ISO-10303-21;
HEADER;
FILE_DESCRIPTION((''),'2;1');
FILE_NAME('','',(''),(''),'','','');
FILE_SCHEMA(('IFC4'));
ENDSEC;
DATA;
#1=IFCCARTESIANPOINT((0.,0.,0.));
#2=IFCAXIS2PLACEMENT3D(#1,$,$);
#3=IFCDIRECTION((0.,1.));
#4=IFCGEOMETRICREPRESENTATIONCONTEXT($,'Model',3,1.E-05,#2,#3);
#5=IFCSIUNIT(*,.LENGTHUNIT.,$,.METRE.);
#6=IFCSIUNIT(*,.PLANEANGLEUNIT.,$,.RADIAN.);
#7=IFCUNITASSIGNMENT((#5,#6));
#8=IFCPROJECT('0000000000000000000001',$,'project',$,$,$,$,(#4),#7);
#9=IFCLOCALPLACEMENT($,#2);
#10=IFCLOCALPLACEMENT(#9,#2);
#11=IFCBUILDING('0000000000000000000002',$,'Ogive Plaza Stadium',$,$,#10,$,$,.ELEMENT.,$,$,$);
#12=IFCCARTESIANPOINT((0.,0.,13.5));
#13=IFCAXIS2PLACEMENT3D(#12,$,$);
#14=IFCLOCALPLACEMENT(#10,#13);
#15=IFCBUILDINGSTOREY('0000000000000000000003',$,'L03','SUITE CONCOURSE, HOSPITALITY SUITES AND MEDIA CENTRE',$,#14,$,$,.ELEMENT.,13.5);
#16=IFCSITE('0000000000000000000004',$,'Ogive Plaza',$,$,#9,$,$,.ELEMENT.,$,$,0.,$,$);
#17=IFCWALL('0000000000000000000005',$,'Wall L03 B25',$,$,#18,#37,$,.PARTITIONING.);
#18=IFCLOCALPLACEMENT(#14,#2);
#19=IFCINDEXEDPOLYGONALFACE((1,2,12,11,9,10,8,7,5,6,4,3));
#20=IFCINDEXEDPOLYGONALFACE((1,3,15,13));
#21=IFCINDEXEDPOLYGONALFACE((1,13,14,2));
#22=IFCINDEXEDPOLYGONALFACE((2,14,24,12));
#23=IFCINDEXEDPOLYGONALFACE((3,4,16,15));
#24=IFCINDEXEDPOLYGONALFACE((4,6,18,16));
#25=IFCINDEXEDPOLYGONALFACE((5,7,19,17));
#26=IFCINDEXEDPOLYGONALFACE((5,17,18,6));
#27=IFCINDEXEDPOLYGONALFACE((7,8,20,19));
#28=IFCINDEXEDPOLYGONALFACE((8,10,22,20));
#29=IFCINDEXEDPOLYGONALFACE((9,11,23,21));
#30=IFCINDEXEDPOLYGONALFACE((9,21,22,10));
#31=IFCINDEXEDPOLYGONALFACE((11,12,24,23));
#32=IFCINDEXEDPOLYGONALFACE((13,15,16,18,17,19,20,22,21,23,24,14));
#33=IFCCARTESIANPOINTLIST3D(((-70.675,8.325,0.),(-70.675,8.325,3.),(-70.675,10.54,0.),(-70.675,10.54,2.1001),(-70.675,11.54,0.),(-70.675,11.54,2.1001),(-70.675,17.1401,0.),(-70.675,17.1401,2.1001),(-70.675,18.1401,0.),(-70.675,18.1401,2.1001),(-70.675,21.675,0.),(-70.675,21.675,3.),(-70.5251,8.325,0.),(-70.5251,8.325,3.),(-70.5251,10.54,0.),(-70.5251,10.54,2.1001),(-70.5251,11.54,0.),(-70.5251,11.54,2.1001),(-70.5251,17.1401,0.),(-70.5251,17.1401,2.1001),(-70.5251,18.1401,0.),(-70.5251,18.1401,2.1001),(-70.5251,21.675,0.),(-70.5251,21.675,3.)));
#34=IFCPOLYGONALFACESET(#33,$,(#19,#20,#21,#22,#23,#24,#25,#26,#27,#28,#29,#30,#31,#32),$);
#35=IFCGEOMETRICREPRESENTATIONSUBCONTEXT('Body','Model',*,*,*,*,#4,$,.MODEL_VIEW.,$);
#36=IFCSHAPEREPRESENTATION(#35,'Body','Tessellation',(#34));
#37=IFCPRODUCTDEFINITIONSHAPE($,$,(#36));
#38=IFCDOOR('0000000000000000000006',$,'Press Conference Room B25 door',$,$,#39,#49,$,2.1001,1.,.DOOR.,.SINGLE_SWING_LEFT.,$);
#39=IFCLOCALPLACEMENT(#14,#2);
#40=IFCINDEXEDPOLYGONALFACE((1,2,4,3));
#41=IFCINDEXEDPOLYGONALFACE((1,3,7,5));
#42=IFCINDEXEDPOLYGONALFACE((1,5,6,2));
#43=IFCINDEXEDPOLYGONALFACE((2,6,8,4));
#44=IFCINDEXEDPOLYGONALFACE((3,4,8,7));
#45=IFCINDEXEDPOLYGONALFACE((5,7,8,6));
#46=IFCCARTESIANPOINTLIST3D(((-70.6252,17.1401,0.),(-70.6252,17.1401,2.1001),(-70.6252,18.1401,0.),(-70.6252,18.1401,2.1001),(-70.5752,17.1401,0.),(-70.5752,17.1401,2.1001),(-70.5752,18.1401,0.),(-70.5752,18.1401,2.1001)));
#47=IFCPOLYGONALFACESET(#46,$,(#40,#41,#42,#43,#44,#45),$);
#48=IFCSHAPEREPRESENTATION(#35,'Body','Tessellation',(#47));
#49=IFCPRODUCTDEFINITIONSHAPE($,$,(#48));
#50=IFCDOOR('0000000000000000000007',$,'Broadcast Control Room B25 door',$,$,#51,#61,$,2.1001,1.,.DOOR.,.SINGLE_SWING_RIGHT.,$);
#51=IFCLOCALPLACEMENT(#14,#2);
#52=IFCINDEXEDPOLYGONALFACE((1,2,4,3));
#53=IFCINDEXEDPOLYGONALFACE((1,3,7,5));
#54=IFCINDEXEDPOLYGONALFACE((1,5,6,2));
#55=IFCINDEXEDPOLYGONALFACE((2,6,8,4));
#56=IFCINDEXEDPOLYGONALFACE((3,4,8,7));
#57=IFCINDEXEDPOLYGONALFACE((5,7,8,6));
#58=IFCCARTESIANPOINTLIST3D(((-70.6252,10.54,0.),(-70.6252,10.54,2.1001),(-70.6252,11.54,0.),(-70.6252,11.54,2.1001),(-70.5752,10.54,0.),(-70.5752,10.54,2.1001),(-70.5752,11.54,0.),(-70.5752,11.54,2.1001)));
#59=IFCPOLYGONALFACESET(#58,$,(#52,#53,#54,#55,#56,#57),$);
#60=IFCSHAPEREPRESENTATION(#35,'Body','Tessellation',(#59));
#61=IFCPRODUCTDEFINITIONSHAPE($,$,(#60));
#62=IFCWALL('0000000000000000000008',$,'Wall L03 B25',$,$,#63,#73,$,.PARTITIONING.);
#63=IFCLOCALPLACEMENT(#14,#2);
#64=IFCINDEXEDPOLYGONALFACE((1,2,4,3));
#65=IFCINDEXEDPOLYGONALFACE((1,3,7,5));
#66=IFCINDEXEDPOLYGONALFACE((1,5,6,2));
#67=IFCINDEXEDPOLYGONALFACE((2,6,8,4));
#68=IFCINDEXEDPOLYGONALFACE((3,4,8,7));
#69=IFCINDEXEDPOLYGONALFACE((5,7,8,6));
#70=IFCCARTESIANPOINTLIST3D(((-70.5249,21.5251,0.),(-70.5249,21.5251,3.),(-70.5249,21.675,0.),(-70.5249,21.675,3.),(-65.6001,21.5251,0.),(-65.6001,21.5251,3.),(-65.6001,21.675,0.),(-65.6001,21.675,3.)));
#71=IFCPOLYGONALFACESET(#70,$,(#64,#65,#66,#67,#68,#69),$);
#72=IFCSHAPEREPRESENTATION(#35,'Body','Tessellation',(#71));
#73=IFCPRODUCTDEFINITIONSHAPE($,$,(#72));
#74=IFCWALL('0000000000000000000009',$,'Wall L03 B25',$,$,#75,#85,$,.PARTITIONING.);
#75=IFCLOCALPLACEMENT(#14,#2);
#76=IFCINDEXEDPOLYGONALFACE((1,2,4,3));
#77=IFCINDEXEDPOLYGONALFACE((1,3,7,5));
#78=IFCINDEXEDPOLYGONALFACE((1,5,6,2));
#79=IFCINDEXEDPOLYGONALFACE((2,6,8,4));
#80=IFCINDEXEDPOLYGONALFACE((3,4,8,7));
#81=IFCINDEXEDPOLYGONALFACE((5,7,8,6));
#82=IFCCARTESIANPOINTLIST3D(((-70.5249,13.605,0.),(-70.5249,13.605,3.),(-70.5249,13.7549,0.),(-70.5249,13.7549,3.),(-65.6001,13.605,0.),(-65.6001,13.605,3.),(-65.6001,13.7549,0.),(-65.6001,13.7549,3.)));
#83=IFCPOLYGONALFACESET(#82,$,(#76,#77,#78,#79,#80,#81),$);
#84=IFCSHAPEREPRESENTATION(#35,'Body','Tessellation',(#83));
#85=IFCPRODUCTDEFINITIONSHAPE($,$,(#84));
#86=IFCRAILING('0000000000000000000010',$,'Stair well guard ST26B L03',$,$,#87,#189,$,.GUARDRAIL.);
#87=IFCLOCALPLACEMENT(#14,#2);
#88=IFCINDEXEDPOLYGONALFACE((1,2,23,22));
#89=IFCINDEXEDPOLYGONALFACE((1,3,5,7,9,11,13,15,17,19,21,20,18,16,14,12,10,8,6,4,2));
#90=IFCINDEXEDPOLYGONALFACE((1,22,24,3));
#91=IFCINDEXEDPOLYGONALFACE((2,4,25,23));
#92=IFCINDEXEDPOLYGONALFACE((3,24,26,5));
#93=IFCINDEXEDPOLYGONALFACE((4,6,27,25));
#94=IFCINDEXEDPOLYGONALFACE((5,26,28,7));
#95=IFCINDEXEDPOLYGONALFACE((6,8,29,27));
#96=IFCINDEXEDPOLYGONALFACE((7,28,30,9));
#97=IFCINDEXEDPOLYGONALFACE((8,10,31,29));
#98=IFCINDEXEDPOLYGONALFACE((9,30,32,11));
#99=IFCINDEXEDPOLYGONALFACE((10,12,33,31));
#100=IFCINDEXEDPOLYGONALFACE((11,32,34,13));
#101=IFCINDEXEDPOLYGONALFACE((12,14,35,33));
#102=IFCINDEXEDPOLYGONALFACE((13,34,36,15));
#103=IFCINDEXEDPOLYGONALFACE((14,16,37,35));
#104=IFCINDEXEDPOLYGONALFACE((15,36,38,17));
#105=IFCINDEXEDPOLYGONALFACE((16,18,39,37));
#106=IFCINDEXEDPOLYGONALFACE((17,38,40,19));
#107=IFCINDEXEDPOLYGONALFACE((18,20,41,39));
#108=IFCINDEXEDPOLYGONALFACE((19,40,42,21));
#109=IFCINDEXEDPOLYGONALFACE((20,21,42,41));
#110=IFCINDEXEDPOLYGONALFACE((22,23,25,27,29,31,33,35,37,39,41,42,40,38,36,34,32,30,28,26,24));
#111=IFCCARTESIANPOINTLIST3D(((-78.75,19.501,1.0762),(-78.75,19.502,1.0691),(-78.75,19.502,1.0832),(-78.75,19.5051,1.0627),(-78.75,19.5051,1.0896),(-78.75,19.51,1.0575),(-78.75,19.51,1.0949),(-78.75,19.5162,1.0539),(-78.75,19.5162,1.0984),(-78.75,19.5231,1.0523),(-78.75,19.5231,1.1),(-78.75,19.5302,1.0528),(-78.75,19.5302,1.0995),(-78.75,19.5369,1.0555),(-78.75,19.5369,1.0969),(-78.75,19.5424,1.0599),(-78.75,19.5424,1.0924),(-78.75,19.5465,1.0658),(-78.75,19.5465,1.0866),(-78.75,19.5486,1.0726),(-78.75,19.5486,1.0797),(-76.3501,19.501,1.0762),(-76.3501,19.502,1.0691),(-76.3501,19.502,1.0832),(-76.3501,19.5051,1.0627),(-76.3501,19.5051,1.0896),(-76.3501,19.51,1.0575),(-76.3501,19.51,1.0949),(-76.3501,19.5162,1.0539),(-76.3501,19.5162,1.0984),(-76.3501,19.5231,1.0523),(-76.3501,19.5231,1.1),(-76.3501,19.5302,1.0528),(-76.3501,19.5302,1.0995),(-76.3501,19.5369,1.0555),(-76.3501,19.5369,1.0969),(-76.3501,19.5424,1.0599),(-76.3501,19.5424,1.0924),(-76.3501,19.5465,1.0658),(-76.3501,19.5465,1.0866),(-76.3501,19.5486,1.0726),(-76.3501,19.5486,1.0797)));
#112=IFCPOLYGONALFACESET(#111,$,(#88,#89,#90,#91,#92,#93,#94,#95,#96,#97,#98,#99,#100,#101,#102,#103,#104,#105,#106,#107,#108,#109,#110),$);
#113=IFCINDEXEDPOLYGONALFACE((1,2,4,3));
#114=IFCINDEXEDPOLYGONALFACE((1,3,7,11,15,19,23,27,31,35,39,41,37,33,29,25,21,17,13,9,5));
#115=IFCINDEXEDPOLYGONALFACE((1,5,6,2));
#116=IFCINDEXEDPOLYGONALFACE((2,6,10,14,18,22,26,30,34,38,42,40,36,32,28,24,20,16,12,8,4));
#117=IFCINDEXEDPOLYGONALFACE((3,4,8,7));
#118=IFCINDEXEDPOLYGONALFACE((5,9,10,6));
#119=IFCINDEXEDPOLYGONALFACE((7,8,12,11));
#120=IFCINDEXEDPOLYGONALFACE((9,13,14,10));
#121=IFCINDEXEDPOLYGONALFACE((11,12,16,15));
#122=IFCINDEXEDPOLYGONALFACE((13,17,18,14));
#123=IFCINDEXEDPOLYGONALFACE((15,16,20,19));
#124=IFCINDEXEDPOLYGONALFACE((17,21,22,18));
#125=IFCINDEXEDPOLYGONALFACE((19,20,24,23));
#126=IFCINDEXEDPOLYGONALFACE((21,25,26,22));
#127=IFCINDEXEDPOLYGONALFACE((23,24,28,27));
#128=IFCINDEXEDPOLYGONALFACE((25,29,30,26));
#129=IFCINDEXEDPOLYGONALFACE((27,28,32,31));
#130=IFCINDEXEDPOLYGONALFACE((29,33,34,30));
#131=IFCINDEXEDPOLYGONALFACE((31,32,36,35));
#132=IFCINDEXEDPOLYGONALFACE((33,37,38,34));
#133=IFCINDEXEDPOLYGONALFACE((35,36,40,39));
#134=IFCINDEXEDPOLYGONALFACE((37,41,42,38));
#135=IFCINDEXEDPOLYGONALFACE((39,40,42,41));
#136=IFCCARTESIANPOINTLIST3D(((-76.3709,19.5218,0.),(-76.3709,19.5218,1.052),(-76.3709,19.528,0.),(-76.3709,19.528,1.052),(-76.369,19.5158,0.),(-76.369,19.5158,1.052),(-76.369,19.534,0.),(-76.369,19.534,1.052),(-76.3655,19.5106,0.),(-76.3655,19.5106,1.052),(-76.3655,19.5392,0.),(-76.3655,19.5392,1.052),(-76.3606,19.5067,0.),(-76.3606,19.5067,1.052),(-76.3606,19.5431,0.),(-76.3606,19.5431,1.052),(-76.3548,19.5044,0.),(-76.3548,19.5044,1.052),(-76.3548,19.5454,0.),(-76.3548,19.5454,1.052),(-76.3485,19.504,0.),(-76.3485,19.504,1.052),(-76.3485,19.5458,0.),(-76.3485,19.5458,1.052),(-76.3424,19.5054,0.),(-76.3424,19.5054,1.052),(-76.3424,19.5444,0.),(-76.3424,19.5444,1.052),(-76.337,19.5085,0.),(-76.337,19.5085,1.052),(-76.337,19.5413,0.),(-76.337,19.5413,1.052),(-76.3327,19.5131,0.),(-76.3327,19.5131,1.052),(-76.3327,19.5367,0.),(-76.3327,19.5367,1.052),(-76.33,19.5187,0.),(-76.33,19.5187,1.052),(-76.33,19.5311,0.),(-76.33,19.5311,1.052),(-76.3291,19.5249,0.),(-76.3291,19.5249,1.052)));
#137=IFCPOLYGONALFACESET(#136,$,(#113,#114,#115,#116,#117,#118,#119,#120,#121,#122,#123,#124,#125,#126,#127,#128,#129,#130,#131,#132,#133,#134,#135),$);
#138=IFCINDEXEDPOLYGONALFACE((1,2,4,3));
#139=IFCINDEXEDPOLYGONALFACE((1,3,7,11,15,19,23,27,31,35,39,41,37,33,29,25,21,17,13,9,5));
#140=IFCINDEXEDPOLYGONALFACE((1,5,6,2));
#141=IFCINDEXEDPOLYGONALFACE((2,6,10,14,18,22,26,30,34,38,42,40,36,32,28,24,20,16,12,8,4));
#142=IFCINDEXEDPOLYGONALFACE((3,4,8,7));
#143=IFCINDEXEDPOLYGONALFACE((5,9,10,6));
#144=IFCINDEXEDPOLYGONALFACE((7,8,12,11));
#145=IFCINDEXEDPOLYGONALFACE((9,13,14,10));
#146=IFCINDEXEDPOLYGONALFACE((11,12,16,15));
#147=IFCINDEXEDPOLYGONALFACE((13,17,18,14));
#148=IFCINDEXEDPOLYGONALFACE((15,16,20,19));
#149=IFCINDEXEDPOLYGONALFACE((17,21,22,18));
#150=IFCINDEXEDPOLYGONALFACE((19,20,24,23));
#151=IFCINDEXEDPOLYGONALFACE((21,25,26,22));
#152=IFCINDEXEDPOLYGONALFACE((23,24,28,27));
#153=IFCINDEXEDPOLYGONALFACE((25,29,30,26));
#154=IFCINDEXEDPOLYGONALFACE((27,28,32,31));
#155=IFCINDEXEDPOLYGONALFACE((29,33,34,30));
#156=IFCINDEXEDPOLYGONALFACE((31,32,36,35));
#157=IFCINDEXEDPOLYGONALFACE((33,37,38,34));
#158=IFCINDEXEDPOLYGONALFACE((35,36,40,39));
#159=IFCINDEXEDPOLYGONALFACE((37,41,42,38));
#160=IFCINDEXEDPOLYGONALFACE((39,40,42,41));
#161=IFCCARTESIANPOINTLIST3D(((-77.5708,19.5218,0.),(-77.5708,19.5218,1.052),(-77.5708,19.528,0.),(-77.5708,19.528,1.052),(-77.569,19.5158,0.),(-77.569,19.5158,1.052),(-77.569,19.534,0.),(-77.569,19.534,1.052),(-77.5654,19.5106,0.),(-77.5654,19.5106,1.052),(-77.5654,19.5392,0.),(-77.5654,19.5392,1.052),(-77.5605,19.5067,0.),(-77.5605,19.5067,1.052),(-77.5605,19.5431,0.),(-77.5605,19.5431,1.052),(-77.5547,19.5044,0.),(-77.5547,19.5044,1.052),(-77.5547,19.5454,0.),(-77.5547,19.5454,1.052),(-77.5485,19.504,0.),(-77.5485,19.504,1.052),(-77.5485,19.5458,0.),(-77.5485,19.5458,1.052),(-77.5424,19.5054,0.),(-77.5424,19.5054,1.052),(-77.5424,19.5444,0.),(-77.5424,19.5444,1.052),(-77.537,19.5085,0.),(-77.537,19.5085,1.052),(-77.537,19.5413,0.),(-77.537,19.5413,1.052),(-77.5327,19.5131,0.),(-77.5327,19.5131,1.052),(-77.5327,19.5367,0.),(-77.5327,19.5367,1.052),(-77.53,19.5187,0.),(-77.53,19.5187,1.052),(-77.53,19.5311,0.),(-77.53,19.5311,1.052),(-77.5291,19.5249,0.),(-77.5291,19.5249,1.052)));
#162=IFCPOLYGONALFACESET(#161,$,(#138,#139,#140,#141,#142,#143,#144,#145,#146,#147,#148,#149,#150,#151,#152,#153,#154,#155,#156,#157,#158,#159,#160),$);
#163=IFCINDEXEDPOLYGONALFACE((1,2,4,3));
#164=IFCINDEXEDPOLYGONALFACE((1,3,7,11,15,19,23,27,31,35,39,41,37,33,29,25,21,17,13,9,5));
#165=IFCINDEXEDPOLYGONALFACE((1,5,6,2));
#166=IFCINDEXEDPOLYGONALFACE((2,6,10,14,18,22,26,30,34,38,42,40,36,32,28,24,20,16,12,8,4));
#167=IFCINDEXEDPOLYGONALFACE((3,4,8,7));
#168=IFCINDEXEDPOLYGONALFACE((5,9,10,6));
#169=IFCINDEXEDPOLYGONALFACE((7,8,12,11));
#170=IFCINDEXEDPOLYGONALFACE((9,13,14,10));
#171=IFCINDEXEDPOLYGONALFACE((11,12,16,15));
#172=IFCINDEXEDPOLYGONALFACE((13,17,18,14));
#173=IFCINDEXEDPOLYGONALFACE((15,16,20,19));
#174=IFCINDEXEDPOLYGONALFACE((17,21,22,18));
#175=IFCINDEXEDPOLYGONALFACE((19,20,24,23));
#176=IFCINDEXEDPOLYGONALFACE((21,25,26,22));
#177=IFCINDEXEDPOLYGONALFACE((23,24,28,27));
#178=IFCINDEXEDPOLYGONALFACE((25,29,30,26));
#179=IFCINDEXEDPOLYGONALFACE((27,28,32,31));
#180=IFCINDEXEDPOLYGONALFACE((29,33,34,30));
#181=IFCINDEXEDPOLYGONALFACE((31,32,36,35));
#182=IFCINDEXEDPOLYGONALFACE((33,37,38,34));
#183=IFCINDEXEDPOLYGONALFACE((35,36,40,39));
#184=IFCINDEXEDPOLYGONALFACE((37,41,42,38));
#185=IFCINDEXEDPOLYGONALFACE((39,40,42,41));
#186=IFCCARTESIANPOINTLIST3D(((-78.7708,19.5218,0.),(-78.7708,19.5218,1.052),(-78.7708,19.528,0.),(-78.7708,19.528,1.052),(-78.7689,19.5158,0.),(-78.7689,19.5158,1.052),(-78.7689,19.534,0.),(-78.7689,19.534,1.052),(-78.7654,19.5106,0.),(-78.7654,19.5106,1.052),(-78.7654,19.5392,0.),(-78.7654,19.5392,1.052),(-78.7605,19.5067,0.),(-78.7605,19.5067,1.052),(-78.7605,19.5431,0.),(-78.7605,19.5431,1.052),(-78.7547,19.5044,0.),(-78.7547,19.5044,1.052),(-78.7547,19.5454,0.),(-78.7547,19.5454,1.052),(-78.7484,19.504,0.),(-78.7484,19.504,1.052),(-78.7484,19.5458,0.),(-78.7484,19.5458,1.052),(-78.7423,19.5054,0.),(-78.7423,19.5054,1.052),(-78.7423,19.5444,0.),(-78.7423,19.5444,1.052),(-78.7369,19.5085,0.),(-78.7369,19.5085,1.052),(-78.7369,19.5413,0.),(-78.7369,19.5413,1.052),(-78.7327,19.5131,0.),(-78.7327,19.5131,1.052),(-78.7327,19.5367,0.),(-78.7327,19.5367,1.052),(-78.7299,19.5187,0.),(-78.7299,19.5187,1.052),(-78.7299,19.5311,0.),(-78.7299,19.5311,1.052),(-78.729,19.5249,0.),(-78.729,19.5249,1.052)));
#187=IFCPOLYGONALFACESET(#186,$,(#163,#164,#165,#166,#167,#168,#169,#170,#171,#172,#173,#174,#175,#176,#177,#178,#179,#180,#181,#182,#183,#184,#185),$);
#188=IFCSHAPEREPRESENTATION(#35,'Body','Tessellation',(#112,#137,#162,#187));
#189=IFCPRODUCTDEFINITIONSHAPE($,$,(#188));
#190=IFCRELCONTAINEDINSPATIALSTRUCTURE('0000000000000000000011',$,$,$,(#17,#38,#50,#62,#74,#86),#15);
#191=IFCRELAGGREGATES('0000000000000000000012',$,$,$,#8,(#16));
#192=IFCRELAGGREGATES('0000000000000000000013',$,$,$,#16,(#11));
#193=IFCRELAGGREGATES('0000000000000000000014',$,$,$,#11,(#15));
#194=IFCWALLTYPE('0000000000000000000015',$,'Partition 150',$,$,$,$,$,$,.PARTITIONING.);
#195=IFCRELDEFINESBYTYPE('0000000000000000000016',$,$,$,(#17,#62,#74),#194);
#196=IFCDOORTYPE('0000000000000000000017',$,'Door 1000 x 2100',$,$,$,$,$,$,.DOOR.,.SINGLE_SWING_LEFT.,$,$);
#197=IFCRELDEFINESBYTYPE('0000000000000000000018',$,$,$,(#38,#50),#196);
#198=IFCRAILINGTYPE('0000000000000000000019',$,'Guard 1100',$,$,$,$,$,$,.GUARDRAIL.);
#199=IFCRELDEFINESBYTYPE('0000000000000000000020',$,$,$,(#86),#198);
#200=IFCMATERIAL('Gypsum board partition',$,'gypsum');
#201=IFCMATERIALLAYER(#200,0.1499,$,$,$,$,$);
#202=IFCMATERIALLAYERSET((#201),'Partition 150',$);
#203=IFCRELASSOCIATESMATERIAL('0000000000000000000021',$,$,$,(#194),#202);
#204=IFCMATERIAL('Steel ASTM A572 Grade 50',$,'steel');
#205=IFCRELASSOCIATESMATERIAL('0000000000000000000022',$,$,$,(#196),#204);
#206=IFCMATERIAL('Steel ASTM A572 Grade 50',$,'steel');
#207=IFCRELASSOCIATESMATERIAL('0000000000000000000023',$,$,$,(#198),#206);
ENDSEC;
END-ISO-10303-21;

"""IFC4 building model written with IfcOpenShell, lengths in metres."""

from ifc_helpers import new_model, si_unit, direction, frame, frame_2d, origin, origin_2d, place, context, subcontext, project, spatial, rectangle, circle, extrude, material, layer, layer_set, type_object, element, fill, save


model = new_model("IFC4")

# Units and contexts
model_context = context("Model", 3, precision=1e-05, world=origin(), true_north=direction((0.0, 1.0)))
body_context = subcontext(model_context, "Body", "Model", "MODEL_VIEW")
ifc_project = project(units=[si_unit("LENGTHUNIT", "METRE"), si_unit("PLANEANGLEUNIT", "RADIAN")], contexts=[model_context])

# Site, building, storey
site_placement = place(None, origin())
site = spatial("IfcSite", under=ifc_project, at=site_placement, Name="Ogive Plaza", CompositionType="ELEMENT", RefElevation=0.0)
building_placement = place(site_placement, origin())
building = spatial("IfcBuilding", under=site, at=building_placement, Name="Ogive Plaza Stadium", CompositionType="ELEMENT")
storey_placement = place(building_placement, frame((0.0, 0.0, 13.5)))
storey = spatial("IfcBuildingStorey", under=building, at=storey_placement, Name="L03", Description="SUITE CONCOURSE, HOSPITALITY SUITES AND MEDIA CENTRE", CompositionType="ELEMENT", Elevation=13.5)

# Shared definitions
ifc_material_1 = material(Name="Gypsum board partition", Category="gypsum")
ifc_layer_1 = layer(ifc_material_1, 0.1499)
ifc_layer_set_1 = layer_set([ifc_layer_1], Name="Partition 150")
wall_type_1 = type_object("IfcWallType", Name="Partition 150", PredefinedType="PARTITIONING", material=ifc_layer_set_1)

# Wall, openings, doors
wall_1_placement = place(storey_placement, frame((-70.6001, 21.675, 0.0), z_axis=(0.0, 0.0, 1.0), x_axis=(0.0, -1.0, 0.0)))
wall_1 = element("IfcWall", 1, at=wall_1_placement, inside=storey, type_object=wall_type_1, Name="Wall L03 B25", PredefinedType="PARTITIONING", context=body_context, shape_type="SweptSolid", body=[
    extrude(rectangle(XDim=13.3501, YDim=0.1499, at=frame_2d((6.675, 0.0))), origin(), (0.0, 0.0, 1.0), 3.0),
])
opening_1_placement = place(wall_1_placement, frame((3.5349, 0.0, 0.0)))
opening_1 = element("IfcOpeningElement", 2, at=opening_1_placement, cuts=wall_1, PredefinedType="OPENING", context=body_context, shape_type="SweptSolid", body=[
    extrude(rectangle(XDim=1.0, YDim=2.1001, at=frame_2d((0.5, 1.05))), frame((0.0, 0.075, 0.0), z_axis=(0.0, -1.0, 0.0), x_axis=(1.0, 0.0, 0.0)), (0.0, 0.0, 1.0), 0.1499),
])
opening_2_placement = place(wall_1_placement, frame((10.135, 0.0, 0.0)))
opening_2 = element("IfcOpeningElement", 3, at=opening_2_placement, cuts=wall_1, PredefinedType="OPENING", context=body_context, shape_type="SweptSolid", body=[
    extrude(rectangle(XDim=1.0, YDim=2.1001, at=frame_2d((0.5, 1.05))), frame((0.0, 0.075, 0.0), z_axis=(0.0, -1.0, 0.0), x_axis=(1.0, 0.0, 0.0)), (0.0, 0.0, 1.0), 0.1499),
])
ifc_material_2 = material(Name="Steel ASTM A572 Grade 50", Category="steel")
door_type_1 = type_object("IfcDoorType", Name="Door 1000 x 2100", OperationType="SINGLE_SWING_LEFT", PredefinedType="DOOR", material=ifc_material_2)
door_1_placement = place(opening_1_placement, origin())
door_1 = element("IfcDoor", 4, at=door_1_placement, inside=storey, type_object=door_type_1, Name="Press Conference Room B25 door", OperationType="SINGLE_SWING_LEFT", OverallHeight=2.1001, OverallWidth=1.0, PredefinedType="DOOR", context=body_context, shape_type="SweptSolid", body=[
    extrude(rectangle(XDim=1.0, YDim=2.1001, at=frame_2d((0.5, 1.05))), frame((0.0, 0.0249, 0.0), z_axis=(0.0, -1.0, 0.0), x_axis=(1.0, 0.0, 0.0)), (0.0, 0.0, 1.0), 0.05),
])
fill(opening_1, door_1)
door_2_placement = place(opening_2_placement, origin())
door_2 = element("IfcDoor", 5, at=door_2_placement, inside=storey, type_object=door_type_1, Name="Broadcast Control Room B25 door", OperationType="SINGLE_SWING_RIGHT", OverallHeight=2.1001, OverallWidth=1.0, PredefinedType="DOOR", context=body_context, shape_type="SweptSolid", body=[
    extrude(rectangle(XDim=1.0, YDim=2.1001, at=frame_2d((0.5, 1.05))), frame((0.0, 0.0249, 0.0), z_axis=(0.0, -1.0, 0.0), x_axis=(1.0, 0.0, 0.0)), (0.0, 0.0, 1.0), 0.05),
])
fill(opening_2, door_2)

# Walls
for number, where, z_axis, x_axis, name in (
    (6, (-65.6001, 21.6001, 0.0), (0.0, 0.0, 1.0), (-1.0, 0.0, 0.0), "Wall L03 B25"),
    (7, (-65.6001, 13.6799, 0.0), (0.0, 0.0, 1.0), (-1.0, 0.0, 0.0), "Wall L03 B25"),
):
    element("IfcWall", number, at=place(storey_placement, frame(where, z_axis=z_axis, x_axis=x_axis)), inside=storey, type_object=wall_type_1, Name=name, PredefinedType="PARTITIONING", context=body_context, shape_type="SweptSolid", body=[
        extrude(rectangle(XDim=4.9248, YDim=0.1499, at=frame_2d((2.4624, 0.0))), origin(), (0.0, 0.0, 1.0), 3.0),
    ])

# Railing
ifc_material_3 = material(Name="Steel ASTM A572 Grade 50", Category="steel")
railing_type_1 = type_object("IfcRailingType", Name="Guard 1100", PredefinedType="GUARDRAIL", material=ifc_material_3)
for number, where, name in (
    (8, (-76.3501, 19.5249, 0.0), "Stair well guard ST26B L03"),
):
    element("IfcRailing", number, at=place(storey_placement, frame(where)), inside=storey, type_object=railing_type_1, Name=name, PredefinedType="GUARDRAIL", context=body_context, shape_type="SweptSolid", body=[
        extrude(circle(Radius=0.0239, at=origin_2d()), frame((0.0, 0.0, 1.0762), z_axis=(-1.0, 0.0, 0.0), x_axis=(0.0, -1.0, 0.0)), (0.0, 0.0, 1.0), 2.3999),
        extrude(circle(Radius=0.021, at=origin_2d()), origin(), (0.0, 0.0, 1.0), 1.052),
        extrude(circle(Radius=0.021, at=origin_2d()), frame((-1.2, 0.0, 0.0)), (0.0, 0.0, 1.0), 1.052),
        extrude(circle(Radius=0.021, at=origin_2d()), frame((-2.3999, 0.0, 0.0)), (0.0, 0.0, 1.0), 1.052),
    ])

save(model, "model.ifc")
